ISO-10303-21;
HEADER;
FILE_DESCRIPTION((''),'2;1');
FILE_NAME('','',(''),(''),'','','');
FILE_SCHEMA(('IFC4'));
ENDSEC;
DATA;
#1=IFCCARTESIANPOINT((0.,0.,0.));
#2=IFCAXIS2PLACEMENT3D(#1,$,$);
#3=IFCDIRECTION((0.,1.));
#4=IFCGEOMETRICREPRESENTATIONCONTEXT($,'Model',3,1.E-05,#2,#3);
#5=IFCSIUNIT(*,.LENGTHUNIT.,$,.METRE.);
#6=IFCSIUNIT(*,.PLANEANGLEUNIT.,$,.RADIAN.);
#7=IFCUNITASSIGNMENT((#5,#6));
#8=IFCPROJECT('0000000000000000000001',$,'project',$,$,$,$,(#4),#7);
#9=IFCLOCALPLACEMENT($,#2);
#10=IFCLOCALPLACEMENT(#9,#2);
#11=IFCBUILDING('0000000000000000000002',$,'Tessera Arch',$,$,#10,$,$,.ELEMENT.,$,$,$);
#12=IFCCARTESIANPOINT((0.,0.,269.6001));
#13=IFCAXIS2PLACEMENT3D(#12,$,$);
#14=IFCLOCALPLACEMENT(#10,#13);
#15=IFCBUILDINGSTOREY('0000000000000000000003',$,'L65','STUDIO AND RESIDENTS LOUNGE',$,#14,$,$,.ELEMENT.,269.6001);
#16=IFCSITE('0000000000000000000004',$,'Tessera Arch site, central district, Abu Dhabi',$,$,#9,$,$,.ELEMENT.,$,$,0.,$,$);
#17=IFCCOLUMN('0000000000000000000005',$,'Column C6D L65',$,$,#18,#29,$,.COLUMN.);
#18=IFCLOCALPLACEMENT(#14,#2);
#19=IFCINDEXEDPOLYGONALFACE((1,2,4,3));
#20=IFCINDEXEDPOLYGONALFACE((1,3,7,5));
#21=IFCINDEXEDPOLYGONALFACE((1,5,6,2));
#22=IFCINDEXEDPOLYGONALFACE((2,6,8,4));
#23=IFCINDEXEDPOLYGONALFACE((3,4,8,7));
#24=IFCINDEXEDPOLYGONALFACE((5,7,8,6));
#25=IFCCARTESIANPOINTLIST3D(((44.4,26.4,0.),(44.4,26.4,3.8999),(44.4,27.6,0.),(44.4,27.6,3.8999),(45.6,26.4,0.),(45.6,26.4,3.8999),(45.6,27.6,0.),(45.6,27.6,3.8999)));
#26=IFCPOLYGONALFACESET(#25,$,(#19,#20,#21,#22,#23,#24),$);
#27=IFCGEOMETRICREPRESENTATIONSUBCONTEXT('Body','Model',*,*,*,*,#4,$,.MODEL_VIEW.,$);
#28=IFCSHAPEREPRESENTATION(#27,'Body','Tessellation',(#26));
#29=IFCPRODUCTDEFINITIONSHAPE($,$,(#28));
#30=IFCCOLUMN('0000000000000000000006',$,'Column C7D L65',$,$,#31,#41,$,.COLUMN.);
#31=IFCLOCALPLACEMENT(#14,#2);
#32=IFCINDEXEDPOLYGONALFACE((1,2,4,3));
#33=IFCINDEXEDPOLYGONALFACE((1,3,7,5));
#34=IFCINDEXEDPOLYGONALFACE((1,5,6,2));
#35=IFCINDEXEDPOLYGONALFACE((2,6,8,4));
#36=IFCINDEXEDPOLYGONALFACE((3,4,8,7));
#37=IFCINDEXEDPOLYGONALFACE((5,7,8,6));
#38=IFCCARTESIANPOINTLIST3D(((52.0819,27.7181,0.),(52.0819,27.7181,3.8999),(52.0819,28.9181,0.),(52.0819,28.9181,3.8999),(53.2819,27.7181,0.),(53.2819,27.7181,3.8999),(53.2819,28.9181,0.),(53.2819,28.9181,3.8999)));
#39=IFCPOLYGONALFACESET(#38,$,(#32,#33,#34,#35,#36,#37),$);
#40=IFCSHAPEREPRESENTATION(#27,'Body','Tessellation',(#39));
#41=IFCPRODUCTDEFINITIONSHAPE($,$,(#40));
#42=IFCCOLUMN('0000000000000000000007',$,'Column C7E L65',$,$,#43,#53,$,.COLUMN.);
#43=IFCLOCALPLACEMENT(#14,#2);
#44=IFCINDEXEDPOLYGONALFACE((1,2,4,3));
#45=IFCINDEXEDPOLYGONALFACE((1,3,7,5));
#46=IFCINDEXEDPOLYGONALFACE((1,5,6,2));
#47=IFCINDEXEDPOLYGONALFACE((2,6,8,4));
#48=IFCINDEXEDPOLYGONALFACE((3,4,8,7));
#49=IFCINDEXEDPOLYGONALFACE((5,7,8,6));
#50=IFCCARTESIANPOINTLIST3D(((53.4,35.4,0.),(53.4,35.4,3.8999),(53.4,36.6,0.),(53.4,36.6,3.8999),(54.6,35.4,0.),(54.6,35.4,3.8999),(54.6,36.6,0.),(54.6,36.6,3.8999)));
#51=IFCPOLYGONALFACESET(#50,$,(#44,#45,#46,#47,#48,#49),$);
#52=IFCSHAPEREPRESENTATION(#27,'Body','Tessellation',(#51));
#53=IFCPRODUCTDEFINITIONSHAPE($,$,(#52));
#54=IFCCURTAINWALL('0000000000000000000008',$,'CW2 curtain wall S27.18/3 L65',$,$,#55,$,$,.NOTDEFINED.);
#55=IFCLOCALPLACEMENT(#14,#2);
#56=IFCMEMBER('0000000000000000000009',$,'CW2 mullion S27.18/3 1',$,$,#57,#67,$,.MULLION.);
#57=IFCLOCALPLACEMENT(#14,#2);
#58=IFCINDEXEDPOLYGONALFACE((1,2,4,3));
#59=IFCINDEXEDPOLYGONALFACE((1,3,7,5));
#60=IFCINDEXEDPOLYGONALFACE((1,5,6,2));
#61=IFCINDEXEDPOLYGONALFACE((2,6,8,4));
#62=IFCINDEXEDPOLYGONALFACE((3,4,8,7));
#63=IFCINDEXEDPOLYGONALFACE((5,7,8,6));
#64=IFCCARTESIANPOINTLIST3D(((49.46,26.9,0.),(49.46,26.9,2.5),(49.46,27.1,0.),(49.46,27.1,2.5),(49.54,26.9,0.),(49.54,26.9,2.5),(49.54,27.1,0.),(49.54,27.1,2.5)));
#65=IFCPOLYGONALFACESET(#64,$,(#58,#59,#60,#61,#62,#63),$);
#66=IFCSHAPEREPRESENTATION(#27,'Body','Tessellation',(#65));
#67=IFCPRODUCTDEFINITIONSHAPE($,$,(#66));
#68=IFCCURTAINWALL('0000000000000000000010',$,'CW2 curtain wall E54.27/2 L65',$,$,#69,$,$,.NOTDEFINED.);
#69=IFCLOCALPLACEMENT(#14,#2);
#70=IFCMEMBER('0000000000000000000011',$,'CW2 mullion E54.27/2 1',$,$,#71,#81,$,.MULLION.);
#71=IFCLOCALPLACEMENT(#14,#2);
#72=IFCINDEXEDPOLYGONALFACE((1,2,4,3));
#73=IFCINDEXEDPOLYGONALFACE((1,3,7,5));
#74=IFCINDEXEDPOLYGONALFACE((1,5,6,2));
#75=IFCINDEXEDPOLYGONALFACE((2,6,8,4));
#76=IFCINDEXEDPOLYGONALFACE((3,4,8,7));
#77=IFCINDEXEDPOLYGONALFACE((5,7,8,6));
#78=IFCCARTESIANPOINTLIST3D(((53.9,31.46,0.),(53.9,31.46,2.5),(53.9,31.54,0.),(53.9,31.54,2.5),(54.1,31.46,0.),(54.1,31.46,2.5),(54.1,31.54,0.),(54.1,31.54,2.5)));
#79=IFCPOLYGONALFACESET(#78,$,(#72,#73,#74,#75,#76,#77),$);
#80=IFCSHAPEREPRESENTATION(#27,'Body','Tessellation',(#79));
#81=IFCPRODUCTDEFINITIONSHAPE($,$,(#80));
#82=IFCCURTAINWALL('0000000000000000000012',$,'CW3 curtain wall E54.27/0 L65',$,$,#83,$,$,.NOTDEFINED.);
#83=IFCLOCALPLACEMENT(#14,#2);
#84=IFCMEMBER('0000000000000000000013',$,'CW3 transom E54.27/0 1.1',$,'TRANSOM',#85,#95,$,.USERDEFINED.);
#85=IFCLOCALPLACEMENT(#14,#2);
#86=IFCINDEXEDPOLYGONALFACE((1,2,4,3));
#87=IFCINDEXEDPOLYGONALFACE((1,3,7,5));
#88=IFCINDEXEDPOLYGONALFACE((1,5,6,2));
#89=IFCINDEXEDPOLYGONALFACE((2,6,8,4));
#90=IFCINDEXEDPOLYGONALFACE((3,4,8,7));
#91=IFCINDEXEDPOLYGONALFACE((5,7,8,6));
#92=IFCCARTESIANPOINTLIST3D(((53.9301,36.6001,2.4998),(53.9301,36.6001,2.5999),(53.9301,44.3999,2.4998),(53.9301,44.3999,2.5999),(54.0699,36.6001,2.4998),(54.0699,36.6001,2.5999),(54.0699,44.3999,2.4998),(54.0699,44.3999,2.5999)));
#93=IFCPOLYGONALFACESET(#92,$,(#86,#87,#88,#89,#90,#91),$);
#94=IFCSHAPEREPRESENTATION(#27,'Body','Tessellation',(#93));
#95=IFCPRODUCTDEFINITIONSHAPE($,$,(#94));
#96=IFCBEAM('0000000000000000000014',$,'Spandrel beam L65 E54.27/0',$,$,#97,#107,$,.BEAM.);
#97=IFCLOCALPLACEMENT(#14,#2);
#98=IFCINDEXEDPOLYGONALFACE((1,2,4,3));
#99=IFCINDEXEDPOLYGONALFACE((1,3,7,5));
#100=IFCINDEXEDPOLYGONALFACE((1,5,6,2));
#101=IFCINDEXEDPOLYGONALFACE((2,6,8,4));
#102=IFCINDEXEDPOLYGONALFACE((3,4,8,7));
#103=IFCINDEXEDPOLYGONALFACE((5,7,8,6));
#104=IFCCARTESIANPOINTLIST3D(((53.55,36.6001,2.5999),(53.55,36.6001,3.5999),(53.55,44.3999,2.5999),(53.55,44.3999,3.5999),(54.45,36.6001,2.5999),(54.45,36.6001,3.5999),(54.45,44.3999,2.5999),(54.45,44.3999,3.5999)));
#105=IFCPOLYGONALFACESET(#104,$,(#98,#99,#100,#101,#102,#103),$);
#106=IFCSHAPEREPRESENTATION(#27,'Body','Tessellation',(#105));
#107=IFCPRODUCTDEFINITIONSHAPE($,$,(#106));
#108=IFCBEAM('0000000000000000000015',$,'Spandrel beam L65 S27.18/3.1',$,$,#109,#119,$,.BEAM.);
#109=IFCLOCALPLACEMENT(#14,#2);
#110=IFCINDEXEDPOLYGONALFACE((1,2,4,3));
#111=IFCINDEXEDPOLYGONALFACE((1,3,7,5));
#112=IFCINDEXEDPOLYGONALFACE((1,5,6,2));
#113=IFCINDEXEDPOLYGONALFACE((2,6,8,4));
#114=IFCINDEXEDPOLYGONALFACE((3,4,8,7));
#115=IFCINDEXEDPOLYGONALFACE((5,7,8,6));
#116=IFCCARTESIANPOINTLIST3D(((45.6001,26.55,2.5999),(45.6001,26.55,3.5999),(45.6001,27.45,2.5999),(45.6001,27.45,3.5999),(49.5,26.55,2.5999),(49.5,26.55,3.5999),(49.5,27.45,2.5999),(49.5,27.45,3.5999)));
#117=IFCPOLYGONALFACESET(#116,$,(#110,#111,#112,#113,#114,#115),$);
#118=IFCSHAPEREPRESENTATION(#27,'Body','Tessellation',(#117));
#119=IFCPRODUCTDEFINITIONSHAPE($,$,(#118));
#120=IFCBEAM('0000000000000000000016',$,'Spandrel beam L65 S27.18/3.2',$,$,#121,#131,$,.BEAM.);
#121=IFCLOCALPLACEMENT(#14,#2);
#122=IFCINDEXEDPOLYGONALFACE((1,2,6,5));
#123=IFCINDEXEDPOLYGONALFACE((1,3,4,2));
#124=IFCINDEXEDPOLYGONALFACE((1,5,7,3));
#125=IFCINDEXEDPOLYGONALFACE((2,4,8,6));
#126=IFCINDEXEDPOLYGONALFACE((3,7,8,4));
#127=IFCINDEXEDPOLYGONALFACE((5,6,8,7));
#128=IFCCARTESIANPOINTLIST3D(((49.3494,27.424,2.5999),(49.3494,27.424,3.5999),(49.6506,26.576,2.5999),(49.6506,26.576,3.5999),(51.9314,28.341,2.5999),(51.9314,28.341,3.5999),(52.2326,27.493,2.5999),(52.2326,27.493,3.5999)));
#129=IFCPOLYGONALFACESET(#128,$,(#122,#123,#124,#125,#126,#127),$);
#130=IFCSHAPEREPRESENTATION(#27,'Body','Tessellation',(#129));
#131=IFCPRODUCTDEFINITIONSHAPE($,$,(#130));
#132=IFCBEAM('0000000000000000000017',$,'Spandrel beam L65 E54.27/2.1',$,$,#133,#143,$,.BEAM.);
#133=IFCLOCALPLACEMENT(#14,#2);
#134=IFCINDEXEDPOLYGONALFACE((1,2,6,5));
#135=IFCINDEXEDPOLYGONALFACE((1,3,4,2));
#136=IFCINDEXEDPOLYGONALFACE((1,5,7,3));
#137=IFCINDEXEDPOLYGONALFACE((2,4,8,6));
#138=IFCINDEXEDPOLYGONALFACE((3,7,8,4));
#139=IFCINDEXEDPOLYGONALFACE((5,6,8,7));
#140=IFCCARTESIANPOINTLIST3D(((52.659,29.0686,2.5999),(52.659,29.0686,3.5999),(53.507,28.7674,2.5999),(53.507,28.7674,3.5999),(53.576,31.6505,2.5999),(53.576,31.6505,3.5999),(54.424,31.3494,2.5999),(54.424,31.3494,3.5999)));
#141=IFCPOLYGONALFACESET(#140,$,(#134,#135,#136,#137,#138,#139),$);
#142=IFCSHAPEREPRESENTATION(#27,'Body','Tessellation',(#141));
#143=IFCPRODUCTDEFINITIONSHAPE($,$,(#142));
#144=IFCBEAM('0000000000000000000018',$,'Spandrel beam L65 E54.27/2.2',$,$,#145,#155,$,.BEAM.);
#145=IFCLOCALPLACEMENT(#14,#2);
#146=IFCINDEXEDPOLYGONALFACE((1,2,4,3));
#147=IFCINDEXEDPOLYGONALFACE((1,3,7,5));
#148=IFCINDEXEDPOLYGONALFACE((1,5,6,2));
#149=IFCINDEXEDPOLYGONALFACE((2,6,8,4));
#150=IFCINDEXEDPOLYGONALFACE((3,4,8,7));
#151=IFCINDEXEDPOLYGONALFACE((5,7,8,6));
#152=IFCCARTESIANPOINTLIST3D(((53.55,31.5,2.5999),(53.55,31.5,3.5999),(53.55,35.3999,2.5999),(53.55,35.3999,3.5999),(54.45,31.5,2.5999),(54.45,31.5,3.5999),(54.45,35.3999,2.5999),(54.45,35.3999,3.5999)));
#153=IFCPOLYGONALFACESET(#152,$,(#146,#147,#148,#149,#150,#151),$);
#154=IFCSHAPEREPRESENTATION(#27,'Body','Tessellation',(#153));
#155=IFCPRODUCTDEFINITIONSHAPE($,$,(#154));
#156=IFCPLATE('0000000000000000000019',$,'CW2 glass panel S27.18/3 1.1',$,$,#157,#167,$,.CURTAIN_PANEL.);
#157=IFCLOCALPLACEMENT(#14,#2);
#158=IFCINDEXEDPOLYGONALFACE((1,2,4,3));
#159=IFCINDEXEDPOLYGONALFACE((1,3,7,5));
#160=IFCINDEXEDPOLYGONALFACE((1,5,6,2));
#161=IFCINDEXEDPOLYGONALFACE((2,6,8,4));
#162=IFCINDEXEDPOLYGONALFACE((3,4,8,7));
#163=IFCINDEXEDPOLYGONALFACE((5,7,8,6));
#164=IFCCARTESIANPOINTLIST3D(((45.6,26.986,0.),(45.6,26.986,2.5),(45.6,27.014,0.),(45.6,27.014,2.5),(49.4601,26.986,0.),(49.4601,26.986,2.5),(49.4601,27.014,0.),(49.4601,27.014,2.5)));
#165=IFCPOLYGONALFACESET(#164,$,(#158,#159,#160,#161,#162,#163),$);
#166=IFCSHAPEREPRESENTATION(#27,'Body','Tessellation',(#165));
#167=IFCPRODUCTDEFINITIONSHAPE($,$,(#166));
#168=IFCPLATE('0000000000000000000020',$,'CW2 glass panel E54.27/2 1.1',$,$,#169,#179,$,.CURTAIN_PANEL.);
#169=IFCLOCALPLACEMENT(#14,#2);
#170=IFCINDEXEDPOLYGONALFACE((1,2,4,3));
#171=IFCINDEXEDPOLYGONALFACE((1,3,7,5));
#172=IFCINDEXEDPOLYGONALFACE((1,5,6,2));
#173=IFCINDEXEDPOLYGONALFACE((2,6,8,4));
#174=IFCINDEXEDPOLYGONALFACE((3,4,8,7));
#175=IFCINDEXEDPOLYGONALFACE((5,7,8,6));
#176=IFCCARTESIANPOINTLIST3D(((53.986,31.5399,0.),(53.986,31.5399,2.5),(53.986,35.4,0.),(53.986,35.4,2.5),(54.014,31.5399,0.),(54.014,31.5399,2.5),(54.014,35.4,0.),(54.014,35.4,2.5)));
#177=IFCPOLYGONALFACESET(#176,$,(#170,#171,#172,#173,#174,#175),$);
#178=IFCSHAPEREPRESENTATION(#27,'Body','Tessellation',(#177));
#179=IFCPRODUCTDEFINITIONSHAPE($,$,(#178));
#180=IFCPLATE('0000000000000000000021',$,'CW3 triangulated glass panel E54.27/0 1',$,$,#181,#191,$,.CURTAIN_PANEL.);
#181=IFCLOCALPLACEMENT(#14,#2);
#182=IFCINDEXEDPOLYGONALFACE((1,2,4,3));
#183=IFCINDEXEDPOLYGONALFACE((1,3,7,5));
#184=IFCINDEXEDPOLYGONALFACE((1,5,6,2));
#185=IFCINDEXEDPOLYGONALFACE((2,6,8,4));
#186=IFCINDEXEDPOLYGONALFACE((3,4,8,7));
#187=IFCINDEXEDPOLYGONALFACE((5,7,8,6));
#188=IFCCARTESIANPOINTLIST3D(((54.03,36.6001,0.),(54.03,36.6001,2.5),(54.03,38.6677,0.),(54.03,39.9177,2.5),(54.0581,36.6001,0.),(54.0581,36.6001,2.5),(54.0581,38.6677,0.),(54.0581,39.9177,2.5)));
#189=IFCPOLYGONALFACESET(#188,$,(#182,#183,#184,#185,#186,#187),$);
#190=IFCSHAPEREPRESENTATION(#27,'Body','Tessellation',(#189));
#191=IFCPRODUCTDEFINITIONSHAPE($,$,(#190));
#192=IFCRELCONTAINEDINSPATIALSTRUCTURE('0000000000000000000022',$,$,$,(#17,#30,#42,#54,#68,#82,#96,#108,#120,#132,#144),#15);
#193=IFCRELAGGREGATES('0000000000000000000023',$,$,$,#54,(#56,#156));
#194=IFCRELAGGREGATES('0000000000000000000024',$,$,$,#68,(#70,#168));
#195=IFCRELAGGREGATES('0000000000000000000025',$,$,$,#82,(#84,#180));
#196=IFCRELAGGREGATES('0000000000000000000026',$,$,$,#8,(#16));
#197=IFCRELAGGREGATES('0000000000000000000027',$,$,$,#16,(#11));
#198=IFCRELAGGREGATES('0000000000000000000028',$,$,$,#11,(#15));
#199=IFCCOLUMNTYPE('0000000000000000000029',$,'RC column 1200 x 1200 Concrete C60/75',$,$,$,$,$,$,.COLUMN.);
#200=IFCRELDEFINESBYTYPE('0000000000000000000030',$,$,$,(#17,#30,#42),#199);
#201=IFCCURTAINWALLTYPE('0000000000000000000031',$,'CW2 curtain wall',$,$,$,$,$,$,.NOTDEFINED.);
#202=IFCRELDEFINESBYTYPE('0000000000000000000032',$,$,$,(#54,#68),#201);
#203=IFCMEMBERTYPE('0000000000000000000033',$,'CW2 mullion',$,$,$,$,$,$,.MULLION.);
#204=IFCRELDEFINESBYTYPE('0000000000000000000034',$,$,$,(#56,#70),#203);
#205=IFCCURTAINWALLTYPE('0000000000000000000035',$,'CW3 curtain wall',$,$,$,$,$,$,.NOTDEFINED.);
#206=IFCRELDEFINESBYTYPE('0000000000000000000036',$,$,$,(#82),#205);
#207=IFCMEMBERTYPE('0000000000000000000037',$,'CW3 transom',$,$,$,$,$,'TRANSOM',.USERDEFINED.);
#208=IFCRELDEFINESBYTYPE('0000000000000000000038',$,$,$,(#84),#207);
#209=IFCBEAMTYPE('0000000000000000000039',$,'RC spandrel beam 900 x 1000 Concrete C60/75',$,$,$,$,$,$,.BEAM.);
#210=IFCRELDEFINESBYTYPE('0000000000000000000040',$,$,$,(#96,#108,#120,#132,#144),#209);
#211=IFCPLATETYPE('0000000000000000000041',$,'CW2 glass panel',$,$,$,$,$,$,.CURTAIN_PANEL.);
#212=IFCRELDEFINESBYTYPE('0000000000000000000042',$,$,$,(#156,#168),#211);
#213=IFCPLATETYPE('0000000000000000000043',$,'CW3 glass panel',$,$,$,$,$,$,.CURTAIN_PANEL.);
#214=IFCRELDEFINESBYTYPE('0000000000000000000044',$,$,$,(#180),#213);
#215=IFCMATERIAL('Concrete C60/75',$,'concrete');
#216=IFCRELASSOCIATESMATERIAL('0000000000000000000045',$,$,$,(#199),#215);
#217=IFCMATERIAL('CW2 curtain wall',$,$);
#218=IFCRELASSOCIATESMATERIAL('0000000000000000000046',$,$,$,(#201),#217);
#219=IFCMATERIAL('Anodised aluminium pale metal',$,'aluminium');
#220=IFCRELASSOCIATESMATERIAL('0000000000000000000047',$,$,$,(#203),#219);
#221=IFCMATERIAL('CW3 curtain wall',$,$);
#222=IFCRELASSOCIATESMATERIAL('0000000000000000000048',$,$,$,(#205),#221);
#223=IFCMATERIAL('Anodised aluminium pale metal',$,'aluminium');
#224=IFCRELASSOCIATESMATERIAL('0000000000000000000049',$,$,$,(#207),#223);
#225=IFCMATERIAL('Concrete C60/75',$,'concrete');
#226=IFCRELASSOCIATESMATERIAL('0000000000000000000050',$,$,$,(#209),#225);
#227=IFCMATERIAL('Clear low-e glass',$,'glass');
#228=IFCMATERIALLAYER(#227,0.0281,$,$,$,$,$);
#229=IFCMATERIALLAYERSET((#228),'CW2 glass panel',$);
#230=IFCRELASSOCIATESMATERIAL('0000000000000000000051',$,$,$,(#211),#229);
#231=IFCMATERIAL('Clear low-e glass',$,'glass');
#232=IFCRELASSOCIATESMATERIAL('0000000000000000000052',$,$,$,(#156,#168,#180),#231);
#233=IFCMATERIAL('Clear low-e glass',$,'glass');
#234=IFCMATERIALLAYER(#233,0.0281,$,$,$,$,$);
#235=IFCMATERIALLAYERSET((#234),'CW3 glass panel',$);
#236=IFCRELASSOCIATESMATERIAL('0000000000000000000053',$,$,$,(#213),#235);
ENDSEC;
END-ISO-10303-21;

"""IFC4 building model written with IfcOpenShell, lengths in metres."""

from ifc_helpers import new_model, si_unit, direction, frame, origin, origin_2d, place, context, subcontext, project, spatial, polyline, rectangle, outline, extrude, material, layer, layer_set, material_profile, profile_set, type_object, element, aggregate, save


model = new_model("IFC4")

# Units and contexts
model_context = context("Model", 3, precision=1e-05, world=origin(), true_north=direction((0.0, 1.0)))
body_context = subcontext(model_context, "Body", "Model", "MODEL_VIEW")
ifc_project = project(units=[si_unit("LENGTHUNIT", "METRE"), si_unit("PLANEANGLEUNIT", "RADIAN")], contexts=[model_context])

# Site, building, storey
site_placement = place(None, origin())
site = spatial("IfcSite", under=ifc_project, at=site_placement, Name="Tessera Arch site, central district, Abu Dhabi", CompositionType="ELEMENT", RefElevation=0.0)
building_placement = place(site_placement, origin())
building = spatial("IfcBuilding", under=site, at=building_placement, Name="Tessera Arch", CompositionType="ELEMENT")
storey_placement = place(building_placement, frame((0.0, 0.0, 269.6001)))
storey = spatial("IfcBuildingStorey", under=building, at=storey_placement, Name="L65", Description="STUDIO AND RESIDENTS LOUNGE", CompositionType="ELEMENT", Elevation=269.6001)

# Columns
ifc_material_1 = material(Name="Concrete C60/75", Category="concrete")
ifc_material_profile_1 = material_profile(ifc_material_1, rectangle(XDim=1.2, YDim=1.2, at=origin_2d()), Name="RC column 1200 x 1200 Concrete C60/75")
ifc_profile_set_1 = profile_set([ifc_material_profile_1], Name="Concrete C60/75")
column_type = type_object("IfcColumnType", Name="RC column 1200 x 1200 Concrete C60/75", PredefinedType="COLUMN", material=ifc_profile_set_1)
for number, where, z_axis, x_axis, name in (
    (1, (45.0, 27.0, 0.0), (0.0, 0.0, 1.0), (1.0, 0.0, 0.0), "Column C6D L65"),
    (2, (52.6819, 28.3181, 0.0), (0.0, 0.0, 1.0), (1.0, 0.0, 0.0), "Column C7D L65"),
    (3, (54.0, 36.0, 0.0), (0.0, 0.0, 1.0), (1.0, 0.0, 0.0), "Column C7E L65"),
):
    element("IfcColumn", number, at=place(storey_placement, frame(where, z_axis=z_axis, x_axis=x_axis)), inside=storey, type_object=column_type, Name=name, PredefinedType="COLUMN", context=body_context, shape_type="SweptSolid", body=[
        extrude(rectangle(XDim=1.2, YDim=1.2, at=origin_2d()), origin(), (0.0, 0.0, 1.0), 3.8999),
    ])

# Curtain walls, members
ifc_material_2 = material(Name="CW2 curtain wall")
curtain_wall_type_1 = type_object("IfcCurtainWallType", Name="CW2 curtain wall", PredefinedType="NOTDEFINED", material=ifc_material_2)
curtain_wall_1_placement = place(storey_placement, origin())
curtain_wall_1 = element("IfcCurtainWall", 4, at=curtain_wall_1_placement, inside=storey, type_object=curtain_wall_type_1, Name="CW2 curtain wall S27.18/3 L65", PredefinedType="NOTDEFINED")
ifc_material_3 = material(Name="Anodised aluminium pale metal", Category="aluminium")
ifc_material_profile_2 = material_profile(ifc_material_3, rectangle(XDim=0.2, YDim=0.0801, at=origin_2d()), Name="AL 80x200")
ifc_profile_set_2 = profile_set([ifc_material_profile_2], Name="Anodised aluminium pale metal")
member_type_1 = type_object("IfcMemberType", Name="CW2 mullion", PredefinedType="MULLION", material=ifc_profile_set_2)
member_1_placement = place(storey_placement, frame((49.5, 27.0, 0.0), z_axis=(0.0, 0.0, 1.0), x_axis=(0.0, 1.0, 0.0)))
member_1 = element("IfcMember", 5, at=member_1_placement, type_object=member_type_1, Name="CW2 mullion S27.18/3 1", PredefinedType="MULLION", context=body_context, shape_type="SweptSolid", body=[
    extrude(rectangle(XDim=0.2, YDim=0.0801, at=origin_2d()), origin(), (0.0, 0.0, 1.0), 2.5),
])
curtain_wall_2_placement = place(storey_placement, origin())
curtain_wall_2 = element("IfcCurtainWall", 6, at=curtain_wall_2_placement, inside=storey, type_object=curtain_wall_type_1, Name="CW2 curtain wall E54.27/2 L65", PredefinedType="NOTDEFINED")
member_2_placement = place(storey_placement, frame((54.0, 31.5, 0.0), z_axis=(0.0, 0.0, 1.0), x_axis=(-1.0, 0.0, 0.0)))
member_2 = element("IfcMember", 7, at=member_2_placement, type_object=member_type_1, Name="CW2 mullion E54.27/2 1", PredefinedType="MULLION", context=body_context, shape_type="SweptSolid", body=[
    extrude(rectangle(XDim=0.2, YDim=0.0801, at=origin_2d()), origin(), (0.0, 0.0, 1.0), 2.5),
])
ifc_material_4 = material(Name="CW3 curtain wall")
curtain_wall_type_2 = type_object("IfcCurtainWallType", Name="CW3 curtain wall", PredefinedType="NOTDEFINED", material=ifc_material_4)
curtain_wall_3_placement = place(storey_placement, origin())
curtain_wall_3 = element("IfcCurtainWall", 8, at=curtain_wall_3_placement, inside=storey, type_object=curtain_wall_type_2, Name="CW3 curtain wall E54.27/0 L65", PredefinedType="NOTDEFINED")
ifc_material_5 = material(Name="Anodised aluminium pale metal", Category="aluminium")
ifc_material_profile_3 = material_profile(ifc_material_5, rectangle(XDim=0.1399, YDim=0.1001, at=origin_2d()), Name="AL 140x100")
ifc_profile_set_3 = profile_set([ifc_material_profile_3], Name="Anodised aluminium pale metal")
member_type_2 = type_object("IfcMemberType", Name="CW3 transom", ElementType="TRANSOM", PredefinedType="USERDEFINED", material=ifc_profile_set_3)
member_3_placement = place(storey_placement, frame((54.0, 36.6001, 2.5498), z_axis=(0.0, 1.0, 0.0), x_axis=(-1.0, 0.0, 0.0)))
member_3 = element("IfcMember", 9, at=member_3_placement, type_object=member_type_2, Name="CW3 transom E54.27/0 1.1", ObjectType="TRANSOM", PredefinedType="USERDEFINED", context=body_context, shape_type="SweptSolid", body=[
    extrude(rectangle(XDim=0.1399, YDim=0.1001, at=origin_2d()), origin(), (0.0, 0.0, 1.0), 7.7998),
])

# Beams
ifc_material_6 = material(Name="Concrete C60/75", Category="concrete")
ifc_material_profile_4 = material_profile(ifc_material_6, rectangle(XDim=0.8999, YDim=1.0, at=origin_2d()), Name="RC spandrel beam 900 x 1000 Concrete C60/75")
ifc_profile_set_4 = profile_set([ifc_material_profile_4], Name="Concrete C60/75")
beam_type = type_object("IfcBeamType", Name="RC spandrel beam 900 x 1000 Concrete C60/75", PredefinedType="BEAM", material=ifc_profile_set_4)
beam_1_placement = place(storey_placement, frame((54.0, 36.6001, 3.0999), z_axis=(0.0, 1.0, 0.0), x_axis=(-1.0, 0.0, 0.0)))
element("IfcBeam", 10, at=beam_1_placement, inside=storey, type_object=beam_type, Name="Spandrel beam L65 E54.27/0", PredefinedType="BEAM", context=body_context, shape_type="SweptSolid", body=[
    extrude(rectangle(XDim=0.8999, YDim=1.0, at=origin_2d()), origin(), (0.0, 0.0, 1.0), 7.7998),
])
beam_2_placement = place(storey_placement, frame((45.6001, 27.0, 3.0999), z_axis=(1.0, 0.0, 0.0), x_axis=(0.0, 1.0, 0.0)))
element("IfcBeam", 11, at=beam_2_placement, inside=storey, type_object=beam_type, Name="Spandrel beam L65 S27.18/3.1", PredefinedType="BEAM", context=body_context, shape_type="SweptSolid", body=[
    extrude(rectangle(XDim=0.8999, YDim=1.0, at=origin_2d()), origin(), (0.0, 0.0, 1.0), 3.8999),
])
for number, where, z_axis, x_axis, name in (
    (12, (49.5, 27.0, 3.0999), (0.942337, 0.334665, 0.0), (-0.334665, 0.942337, 0.0), "Spandrel beam L65 S27.18/3.2"),
    (13, (53.083, 28.918, 3.0999), (0.334665, 0.942337, 0.0), (-0.942337, 0.334665, 0.0), "Spandrel beam L65 E54.27/2.1"),
):
    element("IfcBeam", number, at=place(storey_placement, frame(where, z_axis=z_axis, x_axis=x_axis)), inside=storey, type_object=beam_type, Name=name, PredefinedType="BEAM", context=body_context, shape_type="SweptSolid", body=[
        extrude(rectangle(XDim=0.8999, YDim=1.0, at=origin_2d()), origin(), (0.0, 0.0, 1.0), 2.74),
    ])
beam_3_placement = place(storey_placement, frame((54.0, 31.5, 3.0999), z_axis=(0.0, 1.0, 0.0), x_axis=(-1.0, 0.0, 0.0)))
element("IfcBeam", 14, at=beam_3_placement, inside=storey, type_object=beam_type, Name="Spandrel beam L65 E54.27/2.2", PredefinedType="BEAM", context=body_context, shape_type="SweptSolid", body=[
    extrude(rectangle(XDim=0.8999, YDim=1.0, at=origin_2d()), origin(), (0.0, 0.0, 1.0), 3.8999),
])

# Plates
ifc_material_7 = material(Name="Clear low-e glass", Category="glass")
ifc_material_8 = material(Name="Clear low-e glass", Category="glass")
ifc_layer_1 = layer(ifc_material_8, 0.0281)
ifc_layer_set_1 = layer_set([ifc_layer_1], Name="CW2 glass panel")
plate_type_1 = type_object("IfcPlateType", Name="CW2 glass panel", PredefinedType="CURTAIN_PANEL", material=ifc_layer_set_1)
plate_1_placement = place(storey_placement, frame((47.53, 27.0, 0.0), z_axis=(0.0, 0.0, 1.0), x_axis=(1.0, 0.0, 0.0)))
plate_1 = element("IfcPlate", 15, at=plate_1_placement, type_object=plate_type_1, material=ifc_material_7, Name="CW2 glass panel S27.18/3 1.1", PredefinedType="CURTAIN_PANEL", context=body_context, shape_type="SweptSolid", body=[
    extrude(rectangle(XDim=3.8601, YDim=0.0281, at=origin_2d()), origin(), (0.0, 0.0, 1.0), 2.5),
])
aggregate(curtain_wall_1, [member_1, plate_1])
plate_2_placement = place(storey_placement, frame((54.0, 33.47, 0.0), z_axis=(0.0, 0.0, 1.0), x_axis=(0.0, 1.0, 0.0)))
plate_2 = element("IfcPlate", 16, at=plate_2_placement, type_object=plate_type_1, material=ifc_material_7, Name="CW2 glass panel E54.27/2 1.1", PredefinedType="CURTAIN_PANEL", context=body_context, shape_type="SweptSolid", body=[
    extrude(rectangle(XDim=3.8601, YDim=0.0281, at=origin_2d()), origin(), (0.0, 0.0, 1.0), 2.5),
])
aggregate(curtain_wall_2, [member_2, plate_2])
ifc_material_9 = material(Name="Clear low-e glass", Category="glass")
ifc_layer_2 = layer(ifc_material_9, 0.0281)
ifc_layer_set_2 = layer_set([ifc_layer_2], Name="CW3 glass panel")
plate_type_2 = type_object("IfcPlateType", Name="CW3 glass panel", PredefinedType="CURTAIN_PANEL", material=ifc_layer_set_2)
plate_3_placement = place(storey_placement, frame((54.0581, 36.6001, 0.0), z_axis=(1.0, 0.0, 0.0), x_axis=(0.0, 1.0, 0.0)))
plate_3 = element("IfcPlate", 17, at=plate_3_placement, type_object=plate_type_2, material=ifc_material_7, Name="CW3 triangulated glass panel E54.27/0 1", PredefinedType="CURTAIN_PANEL", context=body_context, shape_type="SweptSolid", body=[
    extrude(outline(polyline([(0.0, 0.0), (2.0676, 0.0), (3.3176, 2.5), (0.0, 2.5), (0.0, 0.0)])), origin(), (0.0, 0.0, -1.0), 0.0281),
])
aggregate(curtain_wall_3, [member_3, plate_3])

save(model, "model.ifc")
